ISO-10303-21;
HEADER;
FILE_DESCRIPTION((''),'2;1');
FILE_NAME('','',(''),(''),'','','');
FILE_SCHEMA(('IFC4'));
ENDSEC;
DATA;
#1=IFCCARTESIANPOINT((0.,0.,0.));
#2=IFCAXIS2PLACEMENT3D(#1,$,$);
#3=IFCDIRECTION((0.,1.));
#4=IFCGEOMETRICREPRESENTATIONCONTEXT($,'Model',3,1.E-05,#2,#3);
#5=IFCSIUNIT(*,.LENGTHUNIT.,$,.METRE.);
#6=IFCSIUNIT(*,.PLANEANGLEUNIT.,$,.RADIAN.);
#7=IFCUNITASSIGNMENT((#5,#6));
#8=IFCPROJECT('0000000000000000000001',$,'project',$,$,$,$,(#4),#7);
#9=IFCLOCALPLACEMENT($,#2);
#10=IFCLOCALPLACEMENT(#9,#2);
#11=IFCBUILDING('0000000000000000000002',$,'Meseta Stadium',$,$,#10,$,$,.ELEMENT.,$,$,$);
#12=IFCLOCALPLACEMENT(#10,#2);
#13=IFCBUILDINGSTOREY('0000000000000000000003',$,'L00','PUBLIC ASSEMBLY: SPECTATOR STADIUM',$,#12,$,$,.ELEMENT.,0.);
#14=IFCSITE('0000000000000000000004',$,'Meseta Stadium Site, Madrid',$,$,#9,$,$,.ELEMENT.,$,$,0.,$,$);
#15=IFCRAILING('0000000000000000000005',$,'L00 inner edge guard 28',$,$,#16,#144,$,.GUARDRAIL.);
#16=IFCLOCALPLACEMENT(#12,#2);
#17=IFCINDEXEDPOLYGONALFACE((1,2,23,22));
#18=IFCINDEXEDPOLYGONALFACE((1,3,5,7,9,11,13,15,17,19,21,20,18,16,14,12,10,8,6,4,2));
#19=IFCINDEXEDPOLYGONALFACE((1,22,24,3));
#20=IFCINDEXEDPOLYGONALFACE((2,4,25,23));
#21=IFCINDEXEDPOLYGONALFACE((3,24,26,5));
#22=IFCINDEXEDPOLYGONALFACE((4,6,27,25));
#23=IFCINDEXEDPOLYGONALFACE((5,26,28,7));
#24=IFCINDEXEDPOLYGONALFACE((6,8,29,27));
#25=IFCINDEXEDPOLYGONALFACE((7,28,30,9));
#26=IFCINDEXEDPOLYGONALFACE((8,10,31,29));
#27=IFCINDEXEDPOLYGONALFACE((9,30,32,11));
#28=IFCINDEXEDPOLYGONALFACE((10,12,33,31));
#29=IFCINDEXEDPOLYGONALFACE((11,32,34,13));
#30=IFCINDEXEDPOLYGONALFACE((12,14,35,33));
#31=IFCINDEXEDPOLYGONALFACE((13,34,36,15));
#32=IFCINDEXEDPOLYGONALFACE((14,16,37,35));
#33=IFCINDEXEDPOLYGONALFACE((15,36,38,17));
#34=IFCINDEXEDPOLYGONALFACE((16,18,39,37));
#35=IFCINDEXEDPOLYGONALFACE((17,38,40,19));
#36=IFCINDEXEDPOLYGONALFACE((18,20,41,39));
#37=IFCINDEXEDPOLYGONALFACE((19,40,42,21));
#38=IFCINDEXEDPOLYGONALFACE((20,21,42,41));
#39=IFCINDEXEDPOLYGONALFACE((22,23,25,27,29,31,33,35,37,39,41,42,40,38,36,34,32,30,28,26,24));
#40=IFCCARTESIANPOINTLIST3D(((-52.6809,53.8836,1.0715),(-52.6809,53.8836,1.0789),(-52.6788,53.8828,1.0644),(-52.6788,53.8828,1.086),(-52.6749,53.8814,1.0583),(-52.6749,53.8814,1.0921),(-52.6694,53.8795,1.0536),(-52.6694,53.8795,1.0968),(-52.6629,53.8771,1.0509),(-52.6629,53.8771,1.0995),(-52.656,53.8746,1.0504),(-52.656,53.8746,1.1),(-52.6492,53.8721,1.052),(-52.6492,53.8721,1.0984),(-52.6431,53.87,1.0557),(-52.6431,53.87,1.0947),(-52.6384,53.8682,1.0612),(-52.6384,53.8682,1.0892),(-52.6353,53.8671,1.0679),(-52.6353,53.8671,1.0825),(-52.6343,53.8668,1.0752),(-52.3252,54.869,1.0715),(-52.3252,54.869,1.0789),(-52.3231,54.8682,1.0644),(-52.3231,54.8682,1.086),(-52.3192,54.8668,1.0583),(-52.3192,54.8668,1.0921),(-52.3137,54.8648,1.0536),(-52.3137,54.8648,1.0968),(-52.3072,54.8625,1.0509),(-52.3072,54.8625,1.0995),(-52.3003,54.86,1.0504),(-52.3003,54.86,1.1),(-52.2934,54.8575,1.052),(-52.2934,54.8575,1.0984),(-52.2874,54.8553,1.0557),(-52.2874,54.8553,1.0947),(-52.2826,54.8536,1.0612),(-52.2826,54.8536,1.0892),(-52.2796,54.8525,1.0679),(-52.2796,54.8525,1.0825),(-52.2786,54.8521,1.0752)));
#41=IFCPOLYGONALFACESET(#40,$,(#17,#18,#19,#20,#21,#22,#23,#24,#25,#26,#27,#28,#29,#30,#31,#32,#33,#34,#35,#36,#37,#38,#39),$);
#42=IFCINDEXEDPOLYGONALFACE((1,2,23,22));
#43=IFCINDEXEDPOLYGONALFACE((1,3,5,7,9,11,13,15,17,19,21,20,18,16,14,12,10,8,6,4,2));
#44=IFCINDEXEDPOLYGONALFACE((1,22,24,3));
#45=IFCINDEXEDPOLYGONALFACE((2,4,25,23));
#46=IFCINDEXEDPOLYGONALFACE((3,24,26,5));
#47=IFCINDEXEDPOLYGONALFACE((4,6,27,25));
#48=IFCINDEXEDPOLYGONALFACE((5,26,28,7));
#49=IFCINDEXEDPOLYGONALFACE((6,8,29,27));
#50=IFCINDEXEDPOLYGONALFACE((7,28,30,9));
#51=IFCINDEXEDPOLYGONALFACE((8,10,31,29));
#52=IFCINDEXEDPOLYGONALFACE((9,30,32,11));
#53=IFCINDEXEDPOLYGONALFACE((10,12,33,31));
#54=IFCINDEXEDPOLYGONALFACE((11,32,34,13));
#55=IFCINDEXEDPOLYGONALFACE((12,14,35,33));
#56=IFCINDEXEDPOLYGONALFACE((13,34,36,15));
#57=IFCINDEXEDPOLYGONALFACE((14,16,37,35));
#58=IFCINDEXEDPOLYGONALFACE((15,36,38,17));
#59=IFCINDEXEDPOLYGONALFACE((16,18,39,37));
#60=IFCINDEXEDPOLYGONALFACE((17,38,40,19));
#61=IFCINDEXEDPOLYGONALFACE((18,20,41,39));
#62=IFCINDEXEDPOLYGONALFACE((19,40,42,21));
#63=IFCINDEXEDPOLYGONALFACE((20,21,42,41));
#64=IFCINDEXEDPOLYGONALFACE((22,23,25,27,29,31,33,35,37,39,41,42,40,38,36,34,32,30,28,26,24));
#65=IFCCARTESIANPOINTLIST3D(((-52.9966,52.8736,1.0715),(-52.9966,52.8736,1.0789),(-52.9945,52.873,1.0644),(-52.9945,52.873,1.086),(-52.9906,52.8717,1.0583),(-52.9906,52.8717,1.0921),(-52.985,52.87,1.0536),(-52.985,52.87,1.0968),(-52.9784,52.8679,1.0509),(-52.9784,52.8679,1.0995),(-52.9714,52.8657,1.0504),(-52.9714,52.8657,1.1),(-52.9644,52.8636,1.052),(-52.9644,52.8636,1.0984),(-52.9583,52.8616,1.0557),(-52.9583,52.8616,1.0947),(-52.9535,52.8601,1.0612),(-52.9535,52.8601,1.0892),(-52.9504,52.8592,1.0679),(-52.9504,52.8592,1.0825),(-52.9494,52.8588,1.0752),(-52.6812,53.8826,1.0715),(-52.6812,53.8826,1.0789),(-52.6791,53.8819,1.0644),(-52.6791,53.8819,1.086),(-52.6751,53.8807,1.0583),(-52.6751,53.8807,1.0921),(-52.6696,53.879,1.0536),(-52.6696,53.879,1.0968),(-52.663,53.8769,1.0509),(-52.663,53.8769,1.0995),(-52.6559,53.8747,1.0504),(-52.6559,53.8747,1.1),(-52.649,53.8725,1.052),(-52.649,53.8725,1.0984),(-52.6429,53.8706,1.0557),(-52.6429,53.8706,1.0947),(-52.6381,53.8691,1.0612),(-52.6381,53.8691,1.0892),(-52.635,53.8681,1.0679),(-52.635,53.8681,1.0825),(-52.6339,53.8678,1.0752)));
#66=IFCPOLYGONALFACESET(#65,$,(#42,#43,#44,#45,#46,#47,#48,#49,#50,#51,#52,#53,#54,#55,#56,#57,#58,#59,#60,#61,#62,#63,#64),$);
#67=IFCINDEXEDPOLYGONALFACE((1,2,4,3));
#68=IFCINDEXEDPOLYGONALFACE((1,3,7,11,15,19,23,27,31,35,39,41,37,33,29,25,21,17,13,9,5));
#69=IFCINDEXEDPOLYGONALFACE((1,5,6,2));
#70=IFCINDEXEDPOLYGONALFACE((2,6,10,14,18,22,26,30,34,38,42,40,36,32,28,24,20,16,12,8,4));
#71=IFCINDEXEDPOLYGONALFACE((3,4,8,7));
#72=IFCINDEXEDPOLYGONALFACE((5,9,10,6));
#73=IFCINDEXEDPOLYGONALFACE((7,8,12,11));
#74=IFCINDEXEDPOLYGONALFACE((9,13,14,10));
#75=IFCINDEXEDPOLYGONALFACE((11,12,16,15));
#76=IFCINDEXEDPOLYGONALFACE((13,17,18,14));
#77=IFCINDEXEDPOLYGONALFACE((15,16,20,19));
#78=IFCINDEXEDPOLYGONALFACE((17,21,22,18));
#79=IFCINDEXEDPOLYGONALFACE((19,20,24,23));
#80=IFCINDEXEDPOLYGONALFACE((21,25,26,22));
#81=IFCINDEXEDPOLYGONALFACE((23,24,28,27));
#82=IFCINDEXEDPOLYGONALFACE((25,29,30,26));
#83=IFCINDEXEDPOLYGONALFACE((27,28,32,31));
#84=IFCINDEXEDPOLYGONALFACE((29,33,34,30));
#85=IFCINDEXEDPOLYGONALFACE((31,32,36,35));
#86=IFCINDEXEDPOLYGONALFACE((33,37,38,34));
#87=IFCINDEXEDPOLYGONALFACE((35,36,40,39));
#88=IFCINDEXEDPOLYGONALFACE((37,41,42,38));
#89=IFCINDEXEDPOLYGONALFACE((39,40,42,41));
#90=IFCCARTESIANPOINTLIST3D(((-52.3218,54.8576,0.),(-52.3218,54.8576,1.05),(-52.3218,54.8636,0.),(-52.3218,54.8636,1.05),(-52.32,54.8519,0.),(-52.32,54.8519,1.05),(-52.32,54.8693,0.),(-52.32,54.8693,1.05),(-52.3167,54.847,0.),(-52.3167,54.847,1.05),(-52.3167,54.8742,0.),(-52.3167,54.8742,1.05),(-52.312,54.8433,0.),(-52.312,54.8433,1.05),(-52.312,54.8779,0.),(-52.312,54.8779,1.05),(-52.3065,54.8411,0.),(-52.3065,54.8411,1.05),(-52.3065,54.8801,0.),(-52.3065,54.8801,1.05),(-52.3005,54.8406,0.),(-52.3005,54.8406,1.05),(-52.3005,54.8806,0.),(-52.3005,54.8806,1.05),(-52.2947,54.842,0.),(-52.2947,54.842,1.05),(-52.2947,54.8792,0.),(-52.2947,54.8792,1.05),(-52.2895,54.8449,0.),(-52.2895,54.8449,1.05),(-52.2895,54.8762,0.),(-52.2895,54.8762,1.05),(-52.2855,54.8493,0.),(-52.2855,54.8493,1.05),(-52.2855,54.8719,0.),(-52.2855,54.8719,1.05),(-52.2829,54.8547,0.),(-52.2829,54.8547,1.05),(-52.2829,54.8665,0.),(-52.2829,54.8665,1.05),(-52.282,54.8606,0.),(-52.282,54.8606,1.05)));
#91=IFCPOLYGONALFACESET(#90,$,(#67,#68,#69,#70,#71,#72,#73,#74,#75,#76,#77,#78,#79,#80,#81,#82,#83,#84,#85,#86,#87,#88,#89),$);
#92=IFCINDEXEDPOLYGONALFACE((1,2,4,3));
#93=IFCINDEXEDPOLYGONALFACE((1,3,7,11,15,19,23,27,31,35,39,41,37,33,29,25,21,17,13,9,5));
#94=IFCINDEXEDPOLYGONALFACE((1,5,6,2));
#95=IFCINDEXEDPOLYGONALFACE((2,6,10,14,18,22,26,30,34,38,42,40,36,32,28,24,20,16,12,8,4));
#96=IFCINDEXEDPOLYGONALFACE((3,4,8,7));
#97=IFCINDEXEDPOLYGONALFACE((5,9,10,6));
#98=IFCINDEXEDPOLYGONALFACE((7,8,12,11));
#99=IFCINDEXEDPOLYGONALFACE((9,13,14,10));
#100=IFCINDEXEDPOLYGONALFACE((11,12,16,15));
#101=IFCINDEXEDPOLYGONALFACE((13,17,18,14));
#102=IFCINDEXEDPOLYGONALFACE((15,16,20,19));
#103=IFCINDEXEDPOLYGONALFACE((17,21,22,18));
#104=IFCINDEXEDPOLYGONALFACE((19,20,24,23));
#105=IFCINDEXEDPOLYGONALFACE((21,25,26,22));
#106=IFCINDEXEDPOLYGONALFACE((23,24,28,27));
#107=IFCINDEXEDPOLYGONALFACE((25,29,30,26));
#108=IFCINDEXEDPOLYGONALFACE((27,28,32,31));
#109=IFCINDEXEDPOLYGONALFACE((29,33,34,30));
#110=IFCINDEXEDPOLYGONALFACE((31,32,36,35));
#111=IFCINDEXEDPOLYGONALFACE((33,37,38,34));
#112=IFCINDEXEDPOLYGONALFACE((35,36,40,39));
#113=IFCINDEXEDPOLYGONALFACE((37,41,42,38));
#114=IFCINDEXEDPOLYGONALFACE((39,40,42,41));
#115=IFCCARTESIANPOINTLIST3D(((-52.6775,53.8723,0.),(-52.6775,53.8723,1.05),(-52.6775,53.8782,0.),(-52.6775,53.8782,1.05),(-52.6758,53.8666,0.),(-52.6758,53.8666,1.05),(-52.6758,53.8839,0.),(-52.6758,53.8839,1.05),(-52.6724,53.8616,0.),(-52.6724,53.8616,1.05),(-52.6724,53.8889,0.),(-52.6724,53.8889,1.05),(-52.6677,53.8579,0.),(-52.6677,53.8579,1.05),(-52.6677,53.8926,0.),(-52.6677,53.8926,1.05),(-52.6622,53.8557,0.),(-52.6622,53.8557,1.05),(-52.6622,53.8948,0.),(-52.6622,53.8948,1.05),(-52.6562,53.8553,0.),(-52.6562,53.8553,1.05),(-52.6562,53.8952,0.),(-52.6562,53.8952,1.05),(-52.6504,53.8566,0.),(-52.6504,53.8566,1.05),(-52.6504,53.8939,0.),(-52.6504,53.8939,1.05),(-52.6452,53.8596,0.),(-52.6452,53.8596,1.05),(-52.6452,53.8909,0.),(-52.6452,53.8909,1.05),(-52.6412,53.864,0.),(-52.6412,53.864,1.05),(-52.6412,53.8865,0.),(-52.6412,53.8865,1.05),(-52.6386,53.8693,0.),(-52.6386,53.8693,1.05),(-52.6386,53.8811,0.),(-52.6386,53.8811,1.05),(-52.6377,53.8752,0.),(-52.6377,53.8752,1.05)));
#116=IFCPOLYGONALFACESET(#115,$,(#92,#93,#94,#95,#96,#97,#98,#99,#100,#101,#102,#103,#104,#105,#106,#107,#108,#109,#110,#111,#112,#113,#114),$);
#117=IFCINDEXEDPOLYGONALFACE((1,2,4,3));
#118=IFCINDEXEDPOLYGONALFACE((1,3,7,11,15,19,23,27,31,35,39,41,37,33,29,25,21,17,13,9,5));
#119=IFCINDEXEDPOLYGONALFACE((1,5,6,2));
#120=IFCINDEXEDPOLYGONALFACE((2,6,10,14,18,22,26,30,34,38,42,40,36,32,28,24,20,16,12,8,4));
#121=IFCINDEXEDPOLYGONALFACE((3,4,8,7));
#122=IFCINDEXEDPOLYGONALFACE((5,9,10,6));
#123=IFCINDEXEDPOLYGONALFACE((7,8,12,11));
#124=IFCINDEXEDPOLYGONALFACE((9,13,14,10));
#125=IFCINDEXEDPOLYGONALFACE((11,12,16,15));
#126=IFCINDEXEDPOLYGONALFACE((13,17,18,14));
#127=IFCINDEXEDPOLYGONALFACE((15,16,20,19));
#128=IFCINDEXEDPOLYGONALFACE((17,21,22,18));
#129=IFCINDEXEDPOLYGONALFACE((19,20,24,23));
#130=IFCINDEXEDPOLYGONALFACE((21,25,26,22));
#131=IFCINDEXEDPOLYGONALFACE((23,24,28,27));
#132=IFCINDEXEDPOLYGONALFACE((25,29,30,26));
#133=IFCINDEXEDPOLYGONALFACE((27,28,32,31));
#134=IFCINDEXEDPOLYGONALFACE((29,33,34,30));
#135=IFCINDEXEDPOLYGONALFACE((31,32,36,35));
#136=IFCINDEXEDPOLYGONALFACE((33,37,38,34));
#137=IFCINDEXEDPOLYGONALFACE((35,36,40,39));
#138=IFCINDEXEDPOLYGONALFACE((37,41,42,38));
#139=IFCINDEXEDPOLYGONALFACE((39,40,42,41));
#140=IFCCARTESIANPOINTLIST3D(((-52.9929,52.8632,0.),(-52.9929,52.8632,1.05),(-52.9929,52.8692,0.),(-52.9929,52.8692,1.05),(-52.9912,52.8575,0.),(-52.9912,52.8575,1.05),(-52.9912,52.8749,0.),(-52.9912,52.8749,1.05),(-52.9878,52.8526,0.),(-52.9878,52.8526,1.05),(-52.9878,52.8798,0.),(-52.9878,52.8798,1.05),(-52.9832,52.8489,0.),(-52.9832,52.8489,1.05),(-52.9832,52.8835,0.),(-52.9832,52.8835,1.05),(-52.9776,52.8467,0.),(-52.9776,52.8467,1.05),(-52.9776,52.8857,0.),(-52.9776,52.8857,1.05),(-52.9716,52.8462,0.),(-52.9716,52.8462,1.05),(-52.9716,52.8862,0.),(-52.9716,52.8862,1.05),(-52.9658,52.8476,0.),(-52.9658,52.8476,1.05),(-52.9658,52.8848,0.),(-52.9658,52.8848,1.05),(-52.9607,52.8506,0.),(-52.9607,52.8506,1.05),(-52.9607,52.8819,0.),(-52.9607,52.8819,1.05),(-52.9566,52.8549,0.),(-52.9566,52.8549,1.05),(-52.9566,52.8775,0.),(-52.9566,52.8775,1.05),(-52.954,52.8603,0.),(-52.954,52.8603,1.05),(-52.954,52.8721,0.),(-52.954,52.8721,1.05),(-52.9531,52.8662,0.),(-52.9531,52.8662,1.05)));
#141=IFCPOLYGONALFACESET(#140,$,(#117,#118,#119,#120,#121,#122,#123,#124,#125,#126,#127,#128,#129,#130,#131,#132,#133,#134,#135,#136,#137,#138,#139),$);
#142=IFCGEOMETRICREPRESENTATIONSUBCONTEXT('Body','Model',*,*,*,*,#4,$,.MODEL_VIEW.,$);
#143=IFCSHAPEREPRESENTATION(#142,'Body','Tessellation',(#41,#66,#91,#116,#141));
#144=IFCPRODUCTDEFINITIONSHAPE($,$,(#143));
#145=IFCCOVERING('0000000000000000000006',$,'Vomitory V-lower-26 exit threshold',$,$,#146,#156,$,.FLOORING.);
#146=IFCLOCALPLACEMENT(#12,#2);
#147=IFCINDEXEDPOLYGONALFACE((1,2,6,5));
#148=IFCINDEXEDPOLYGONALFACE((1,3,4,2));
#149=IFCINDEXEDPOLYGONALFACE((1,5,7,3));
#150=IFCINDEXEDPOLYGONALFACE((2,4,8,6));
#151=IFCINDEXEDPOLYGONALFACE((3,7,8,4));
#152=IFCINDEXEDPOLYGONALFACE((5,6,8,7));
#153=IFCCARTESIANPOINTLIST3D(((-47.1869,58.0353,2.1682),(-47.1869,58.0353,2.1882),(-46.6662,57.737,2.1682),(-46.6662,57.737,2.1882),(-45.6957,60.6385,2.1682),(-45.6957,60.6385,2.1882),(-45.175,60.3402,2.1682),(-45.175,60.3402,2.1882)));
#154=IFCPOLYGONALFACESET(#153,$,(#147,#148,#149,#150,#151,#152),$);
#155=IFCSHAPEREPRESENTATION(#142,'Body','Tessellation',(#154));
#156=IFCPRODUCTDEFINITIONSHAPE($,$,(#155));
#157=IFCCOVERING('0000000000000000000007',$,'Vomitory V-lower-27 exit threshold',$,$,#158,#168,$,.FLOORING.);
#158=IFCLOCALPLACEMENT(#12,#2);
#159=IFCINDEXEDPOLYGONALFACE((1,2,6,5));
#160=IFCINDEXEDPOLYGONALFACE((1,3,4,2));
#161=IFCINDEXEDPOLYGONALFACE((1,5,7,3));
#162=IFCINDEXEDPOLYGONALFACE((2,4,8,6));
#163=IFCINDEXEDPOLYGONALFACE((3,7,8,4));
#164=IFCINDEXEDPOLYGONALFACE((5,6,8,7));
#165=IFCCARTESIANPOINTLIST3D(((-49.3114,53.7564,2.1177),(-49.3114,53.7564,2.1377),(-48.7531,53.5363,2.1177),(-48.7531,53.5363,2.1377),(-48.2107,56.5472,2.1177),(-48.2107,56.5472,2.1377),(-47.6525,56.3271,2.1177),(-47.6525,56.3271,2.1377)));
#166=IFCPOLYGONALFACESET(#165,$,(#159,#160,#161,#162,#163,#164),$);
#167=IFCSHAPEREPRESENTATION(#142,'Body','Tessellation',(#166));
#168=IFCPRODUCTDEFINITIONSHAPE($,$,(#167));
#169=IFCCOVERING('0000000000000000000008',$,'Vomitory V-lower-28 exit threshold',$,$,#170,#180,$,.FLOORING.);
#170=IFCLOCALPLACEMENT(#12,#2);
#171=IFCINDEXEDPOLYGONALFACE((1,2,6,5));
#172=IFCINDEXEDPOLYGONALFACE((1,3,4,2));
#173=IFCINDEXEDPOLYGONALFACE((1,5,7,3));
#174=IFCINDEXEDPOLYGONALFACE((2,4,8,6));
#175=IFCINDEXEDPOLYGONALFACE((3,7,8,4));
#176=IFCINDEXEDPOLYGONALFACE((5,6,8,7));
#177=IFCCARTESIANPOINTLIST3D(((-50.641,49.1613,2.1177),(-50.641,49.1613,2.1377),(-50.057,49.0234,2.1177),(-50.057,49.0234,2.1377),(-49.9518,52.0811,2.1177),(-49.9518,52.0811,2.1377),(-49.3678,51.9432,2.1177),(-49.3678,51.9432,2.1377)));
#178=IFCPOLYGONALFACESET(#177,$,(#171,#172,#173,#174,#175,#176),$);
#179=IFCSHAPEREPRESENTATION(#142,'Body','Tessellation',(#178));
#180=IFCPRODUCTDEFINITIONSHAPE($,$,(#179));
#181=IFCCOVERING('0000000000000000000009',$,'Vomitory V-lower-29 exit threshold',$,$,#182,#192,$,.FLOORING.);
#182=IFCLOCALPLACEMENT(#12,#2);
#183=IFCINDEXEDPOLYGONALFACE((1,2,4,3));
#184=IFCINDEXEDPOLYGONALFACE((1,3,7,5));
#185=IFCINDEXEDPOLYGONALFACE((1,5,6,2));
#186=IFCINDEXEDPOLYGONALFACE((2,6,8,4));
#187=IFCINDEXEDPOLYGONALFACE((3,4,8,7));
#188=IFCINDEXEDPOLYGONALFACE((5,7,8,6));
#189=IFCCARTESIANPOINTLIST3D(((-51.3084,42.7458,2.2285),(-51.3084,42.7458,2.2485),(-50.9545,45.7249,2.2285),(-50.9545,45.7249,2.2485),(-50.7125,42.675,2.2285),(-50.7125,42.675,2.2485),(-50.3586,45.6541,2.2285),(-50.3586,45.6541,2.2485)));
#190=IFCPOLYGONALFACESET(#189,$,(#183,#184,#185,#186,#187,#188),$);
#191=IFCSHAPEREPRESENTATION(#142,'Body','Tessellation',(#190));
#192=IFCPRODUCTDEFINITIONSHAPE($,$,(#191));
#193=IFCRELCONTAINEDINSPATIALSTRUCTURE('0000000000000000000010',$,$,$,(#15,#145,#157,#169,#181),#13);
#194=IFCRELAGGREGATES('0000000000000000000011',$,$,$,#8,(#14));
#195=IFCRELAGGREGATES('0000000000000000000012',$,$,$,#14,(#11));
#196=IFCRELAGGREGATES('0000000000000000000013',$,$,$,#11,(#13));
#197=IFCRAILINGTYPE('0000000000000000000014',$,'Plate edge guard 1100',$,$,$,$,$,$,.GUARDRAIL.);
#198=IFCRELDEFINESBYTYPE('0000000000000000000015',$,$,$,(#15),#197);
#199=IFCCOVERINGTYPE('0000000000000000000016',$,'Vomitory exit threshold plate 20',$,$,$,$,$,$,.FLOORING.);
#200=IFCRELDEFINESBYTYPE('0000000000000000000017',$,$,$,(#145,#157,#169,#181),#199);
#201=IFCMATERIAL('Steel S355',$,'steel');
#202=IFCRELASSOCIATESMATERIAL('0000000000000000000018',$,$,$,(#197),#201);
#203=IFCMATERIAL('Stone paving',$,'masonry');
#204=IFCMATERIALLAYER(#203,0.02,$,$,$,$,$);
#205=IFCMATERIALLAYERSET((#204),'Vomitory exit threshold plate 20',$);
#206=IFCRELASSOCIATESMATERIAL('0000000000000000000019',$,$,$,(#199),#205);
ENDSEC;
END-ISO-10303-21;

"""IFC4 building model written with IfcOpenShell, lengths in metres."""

from ifc_helpers import new_model, si_unit, direction, frame, origin, origin_2d, place, context, subcontext, project, spatial, rectangle, circle, extrude, material, layer, layer_set, type_object, element, save


model = new_model("IFC4")

# Units and contexts
model_context = context("Model", 3, precision=1e-05, world=origin(), true_north=direction((0.0, 1.0)))
body_context = subcontext(model_context, "Body", "Model", "MODEL_VIEW")
ifc_project = project(units=[si_unit("LENGTHUNIT", "METRE"), si_unit("PLANEANGLEUNIT", "RADIAN")], contexts=[model_context])

# Site, building, storey
site_placement = place(None, origin())
site = spatial("IfcSite", under=ifc_project, at=site_placement, Name="Meseta Stadium Site, Madrid", CompositionType="ELEMENT", RefElevation=0.0)
building_placement = place(site_placement, origin())
building = spatial("IfcBuilding", under=site, at=building_placement, Name="Meseta Stadium", CompositionType="ELEMENT")
storey_placement = place(building_placement, origin())
storey = spatial("IfcBuildingStorey", under=building, at=storey_placement, Name="L00", Description="PUBLIC ASSEMBLY: SPECTATOR STADIUM", CompositionType="ELEMENT", Elevation=0.0)

# Railing
ifc_material_1 = material(Name="Steel S355", Category="steel")
railing_type_1 = type_object("IfcRailingType", Name="Plate edge guard 1100", PredefinedType="GUARDRAIL", material=ifc_material_1)
railing_1_placement = place(storey_placement, frame((-52.302, 54.8606, 0.0)))
element("IfcRailing", 1, at=railing_1_placement, inside=storey, type_object=railing_type_1, Name="L00 inner edge guard 28", PredefinedType="GUARDRAIL", context=body_context, shape_type="SweptSolid", body=[
    extrude(circle(Radius=0.0249, at=origin_2d()), frame((0.0, 0.0, 1.0752), z_axis=(-0.339553, -0.940587, 0.0), x_axis=(0.940587, -0.339553, 0.0)), (0.0, 0.0, 1.0), 1.0476),
    extrude(circle(Radius=0.0249, at=origin_2d()), frame((-0.3557, -0.9854, 1.0752), z_axis=(-0.298367, -0.954451, 0.0), x_axis=(0.954451, -0.298367, 0.0)), (0.0, 0.0, 1.0), 1.0571),
    extrude(circle(Radius=0.02, at=origin_2d()), origin(), (0.0, 0.0, 1.0), 1.05),
    extrude(circle(Radius=0.02, at=origin_2d()), frame((-0.3557, -0.9854, 0.0)), (0.0, 0.0, 1.0), 1.05),
    extrude(circle(Radius=0.02, at=origin_2d()), frame((-0.6711, -1.9944, 0.0)), (0.0, 0.0, 1.0), 1.05),
])

# Coverings
ifc_material_2 = material(Name="Stone paving", Category="masonry")
ifc_layer_1 = layer(ifc_material_2, 0.02)
ifc_layer_set_1 = layer_set([ifc_layer_1], Name="Vomitory exit threshold plate 20")
covering_type = type_object("IfcCoveringType", Name="Vomitory exit threshold plate 20", PredefinedType="FLOORING", material=ifc_layer_set_1)
for number, where, z_axis, x_axis, name in (
    (2, (-46.1809, 59.1877, 2.1682), (0.0, 0.0, 1.0), (0.867712, -0.497068, 0.0), "Vomitory V-lower-26 exit threshold"),
    (3, (-48.4819, 55.0417, 2.1177), (0.0, 0.0, 1.0), (0.930263, -0.366893, 0.0), "Vomitory V-lower-27 exit threshold"),
    (4, (-50.0044, 50.5522, 2.1177), (0.0, 0.0, 1.0), (0.973256, -0.229722, 0.0), "Vomitory V-lower-28 exit threshold"),
    (5, (-50.8335, 44.2, 2.2285), (0.0, 0.0, 1.0), (0.993015, -0.117988, 0.0), "Vomitory V-lower-29 exit threshold"),
):
    element("IfcCovering", number, at=place(storey_placement, frame(where, z_axis=z_axis, x_axis=x_axis)), inside=storey, type_object=covering_type, Name=name, PredefinedType="FLOORING", context=body_context, shape_type="SweptSolid", body=[
        extrude(rectangle(XDim=0.6001, YDim=3.0, at=origin_2d()), origin(), (0.0, 0.0, 1.0), 0.02),
    ])

save(model, "model.ifc")
